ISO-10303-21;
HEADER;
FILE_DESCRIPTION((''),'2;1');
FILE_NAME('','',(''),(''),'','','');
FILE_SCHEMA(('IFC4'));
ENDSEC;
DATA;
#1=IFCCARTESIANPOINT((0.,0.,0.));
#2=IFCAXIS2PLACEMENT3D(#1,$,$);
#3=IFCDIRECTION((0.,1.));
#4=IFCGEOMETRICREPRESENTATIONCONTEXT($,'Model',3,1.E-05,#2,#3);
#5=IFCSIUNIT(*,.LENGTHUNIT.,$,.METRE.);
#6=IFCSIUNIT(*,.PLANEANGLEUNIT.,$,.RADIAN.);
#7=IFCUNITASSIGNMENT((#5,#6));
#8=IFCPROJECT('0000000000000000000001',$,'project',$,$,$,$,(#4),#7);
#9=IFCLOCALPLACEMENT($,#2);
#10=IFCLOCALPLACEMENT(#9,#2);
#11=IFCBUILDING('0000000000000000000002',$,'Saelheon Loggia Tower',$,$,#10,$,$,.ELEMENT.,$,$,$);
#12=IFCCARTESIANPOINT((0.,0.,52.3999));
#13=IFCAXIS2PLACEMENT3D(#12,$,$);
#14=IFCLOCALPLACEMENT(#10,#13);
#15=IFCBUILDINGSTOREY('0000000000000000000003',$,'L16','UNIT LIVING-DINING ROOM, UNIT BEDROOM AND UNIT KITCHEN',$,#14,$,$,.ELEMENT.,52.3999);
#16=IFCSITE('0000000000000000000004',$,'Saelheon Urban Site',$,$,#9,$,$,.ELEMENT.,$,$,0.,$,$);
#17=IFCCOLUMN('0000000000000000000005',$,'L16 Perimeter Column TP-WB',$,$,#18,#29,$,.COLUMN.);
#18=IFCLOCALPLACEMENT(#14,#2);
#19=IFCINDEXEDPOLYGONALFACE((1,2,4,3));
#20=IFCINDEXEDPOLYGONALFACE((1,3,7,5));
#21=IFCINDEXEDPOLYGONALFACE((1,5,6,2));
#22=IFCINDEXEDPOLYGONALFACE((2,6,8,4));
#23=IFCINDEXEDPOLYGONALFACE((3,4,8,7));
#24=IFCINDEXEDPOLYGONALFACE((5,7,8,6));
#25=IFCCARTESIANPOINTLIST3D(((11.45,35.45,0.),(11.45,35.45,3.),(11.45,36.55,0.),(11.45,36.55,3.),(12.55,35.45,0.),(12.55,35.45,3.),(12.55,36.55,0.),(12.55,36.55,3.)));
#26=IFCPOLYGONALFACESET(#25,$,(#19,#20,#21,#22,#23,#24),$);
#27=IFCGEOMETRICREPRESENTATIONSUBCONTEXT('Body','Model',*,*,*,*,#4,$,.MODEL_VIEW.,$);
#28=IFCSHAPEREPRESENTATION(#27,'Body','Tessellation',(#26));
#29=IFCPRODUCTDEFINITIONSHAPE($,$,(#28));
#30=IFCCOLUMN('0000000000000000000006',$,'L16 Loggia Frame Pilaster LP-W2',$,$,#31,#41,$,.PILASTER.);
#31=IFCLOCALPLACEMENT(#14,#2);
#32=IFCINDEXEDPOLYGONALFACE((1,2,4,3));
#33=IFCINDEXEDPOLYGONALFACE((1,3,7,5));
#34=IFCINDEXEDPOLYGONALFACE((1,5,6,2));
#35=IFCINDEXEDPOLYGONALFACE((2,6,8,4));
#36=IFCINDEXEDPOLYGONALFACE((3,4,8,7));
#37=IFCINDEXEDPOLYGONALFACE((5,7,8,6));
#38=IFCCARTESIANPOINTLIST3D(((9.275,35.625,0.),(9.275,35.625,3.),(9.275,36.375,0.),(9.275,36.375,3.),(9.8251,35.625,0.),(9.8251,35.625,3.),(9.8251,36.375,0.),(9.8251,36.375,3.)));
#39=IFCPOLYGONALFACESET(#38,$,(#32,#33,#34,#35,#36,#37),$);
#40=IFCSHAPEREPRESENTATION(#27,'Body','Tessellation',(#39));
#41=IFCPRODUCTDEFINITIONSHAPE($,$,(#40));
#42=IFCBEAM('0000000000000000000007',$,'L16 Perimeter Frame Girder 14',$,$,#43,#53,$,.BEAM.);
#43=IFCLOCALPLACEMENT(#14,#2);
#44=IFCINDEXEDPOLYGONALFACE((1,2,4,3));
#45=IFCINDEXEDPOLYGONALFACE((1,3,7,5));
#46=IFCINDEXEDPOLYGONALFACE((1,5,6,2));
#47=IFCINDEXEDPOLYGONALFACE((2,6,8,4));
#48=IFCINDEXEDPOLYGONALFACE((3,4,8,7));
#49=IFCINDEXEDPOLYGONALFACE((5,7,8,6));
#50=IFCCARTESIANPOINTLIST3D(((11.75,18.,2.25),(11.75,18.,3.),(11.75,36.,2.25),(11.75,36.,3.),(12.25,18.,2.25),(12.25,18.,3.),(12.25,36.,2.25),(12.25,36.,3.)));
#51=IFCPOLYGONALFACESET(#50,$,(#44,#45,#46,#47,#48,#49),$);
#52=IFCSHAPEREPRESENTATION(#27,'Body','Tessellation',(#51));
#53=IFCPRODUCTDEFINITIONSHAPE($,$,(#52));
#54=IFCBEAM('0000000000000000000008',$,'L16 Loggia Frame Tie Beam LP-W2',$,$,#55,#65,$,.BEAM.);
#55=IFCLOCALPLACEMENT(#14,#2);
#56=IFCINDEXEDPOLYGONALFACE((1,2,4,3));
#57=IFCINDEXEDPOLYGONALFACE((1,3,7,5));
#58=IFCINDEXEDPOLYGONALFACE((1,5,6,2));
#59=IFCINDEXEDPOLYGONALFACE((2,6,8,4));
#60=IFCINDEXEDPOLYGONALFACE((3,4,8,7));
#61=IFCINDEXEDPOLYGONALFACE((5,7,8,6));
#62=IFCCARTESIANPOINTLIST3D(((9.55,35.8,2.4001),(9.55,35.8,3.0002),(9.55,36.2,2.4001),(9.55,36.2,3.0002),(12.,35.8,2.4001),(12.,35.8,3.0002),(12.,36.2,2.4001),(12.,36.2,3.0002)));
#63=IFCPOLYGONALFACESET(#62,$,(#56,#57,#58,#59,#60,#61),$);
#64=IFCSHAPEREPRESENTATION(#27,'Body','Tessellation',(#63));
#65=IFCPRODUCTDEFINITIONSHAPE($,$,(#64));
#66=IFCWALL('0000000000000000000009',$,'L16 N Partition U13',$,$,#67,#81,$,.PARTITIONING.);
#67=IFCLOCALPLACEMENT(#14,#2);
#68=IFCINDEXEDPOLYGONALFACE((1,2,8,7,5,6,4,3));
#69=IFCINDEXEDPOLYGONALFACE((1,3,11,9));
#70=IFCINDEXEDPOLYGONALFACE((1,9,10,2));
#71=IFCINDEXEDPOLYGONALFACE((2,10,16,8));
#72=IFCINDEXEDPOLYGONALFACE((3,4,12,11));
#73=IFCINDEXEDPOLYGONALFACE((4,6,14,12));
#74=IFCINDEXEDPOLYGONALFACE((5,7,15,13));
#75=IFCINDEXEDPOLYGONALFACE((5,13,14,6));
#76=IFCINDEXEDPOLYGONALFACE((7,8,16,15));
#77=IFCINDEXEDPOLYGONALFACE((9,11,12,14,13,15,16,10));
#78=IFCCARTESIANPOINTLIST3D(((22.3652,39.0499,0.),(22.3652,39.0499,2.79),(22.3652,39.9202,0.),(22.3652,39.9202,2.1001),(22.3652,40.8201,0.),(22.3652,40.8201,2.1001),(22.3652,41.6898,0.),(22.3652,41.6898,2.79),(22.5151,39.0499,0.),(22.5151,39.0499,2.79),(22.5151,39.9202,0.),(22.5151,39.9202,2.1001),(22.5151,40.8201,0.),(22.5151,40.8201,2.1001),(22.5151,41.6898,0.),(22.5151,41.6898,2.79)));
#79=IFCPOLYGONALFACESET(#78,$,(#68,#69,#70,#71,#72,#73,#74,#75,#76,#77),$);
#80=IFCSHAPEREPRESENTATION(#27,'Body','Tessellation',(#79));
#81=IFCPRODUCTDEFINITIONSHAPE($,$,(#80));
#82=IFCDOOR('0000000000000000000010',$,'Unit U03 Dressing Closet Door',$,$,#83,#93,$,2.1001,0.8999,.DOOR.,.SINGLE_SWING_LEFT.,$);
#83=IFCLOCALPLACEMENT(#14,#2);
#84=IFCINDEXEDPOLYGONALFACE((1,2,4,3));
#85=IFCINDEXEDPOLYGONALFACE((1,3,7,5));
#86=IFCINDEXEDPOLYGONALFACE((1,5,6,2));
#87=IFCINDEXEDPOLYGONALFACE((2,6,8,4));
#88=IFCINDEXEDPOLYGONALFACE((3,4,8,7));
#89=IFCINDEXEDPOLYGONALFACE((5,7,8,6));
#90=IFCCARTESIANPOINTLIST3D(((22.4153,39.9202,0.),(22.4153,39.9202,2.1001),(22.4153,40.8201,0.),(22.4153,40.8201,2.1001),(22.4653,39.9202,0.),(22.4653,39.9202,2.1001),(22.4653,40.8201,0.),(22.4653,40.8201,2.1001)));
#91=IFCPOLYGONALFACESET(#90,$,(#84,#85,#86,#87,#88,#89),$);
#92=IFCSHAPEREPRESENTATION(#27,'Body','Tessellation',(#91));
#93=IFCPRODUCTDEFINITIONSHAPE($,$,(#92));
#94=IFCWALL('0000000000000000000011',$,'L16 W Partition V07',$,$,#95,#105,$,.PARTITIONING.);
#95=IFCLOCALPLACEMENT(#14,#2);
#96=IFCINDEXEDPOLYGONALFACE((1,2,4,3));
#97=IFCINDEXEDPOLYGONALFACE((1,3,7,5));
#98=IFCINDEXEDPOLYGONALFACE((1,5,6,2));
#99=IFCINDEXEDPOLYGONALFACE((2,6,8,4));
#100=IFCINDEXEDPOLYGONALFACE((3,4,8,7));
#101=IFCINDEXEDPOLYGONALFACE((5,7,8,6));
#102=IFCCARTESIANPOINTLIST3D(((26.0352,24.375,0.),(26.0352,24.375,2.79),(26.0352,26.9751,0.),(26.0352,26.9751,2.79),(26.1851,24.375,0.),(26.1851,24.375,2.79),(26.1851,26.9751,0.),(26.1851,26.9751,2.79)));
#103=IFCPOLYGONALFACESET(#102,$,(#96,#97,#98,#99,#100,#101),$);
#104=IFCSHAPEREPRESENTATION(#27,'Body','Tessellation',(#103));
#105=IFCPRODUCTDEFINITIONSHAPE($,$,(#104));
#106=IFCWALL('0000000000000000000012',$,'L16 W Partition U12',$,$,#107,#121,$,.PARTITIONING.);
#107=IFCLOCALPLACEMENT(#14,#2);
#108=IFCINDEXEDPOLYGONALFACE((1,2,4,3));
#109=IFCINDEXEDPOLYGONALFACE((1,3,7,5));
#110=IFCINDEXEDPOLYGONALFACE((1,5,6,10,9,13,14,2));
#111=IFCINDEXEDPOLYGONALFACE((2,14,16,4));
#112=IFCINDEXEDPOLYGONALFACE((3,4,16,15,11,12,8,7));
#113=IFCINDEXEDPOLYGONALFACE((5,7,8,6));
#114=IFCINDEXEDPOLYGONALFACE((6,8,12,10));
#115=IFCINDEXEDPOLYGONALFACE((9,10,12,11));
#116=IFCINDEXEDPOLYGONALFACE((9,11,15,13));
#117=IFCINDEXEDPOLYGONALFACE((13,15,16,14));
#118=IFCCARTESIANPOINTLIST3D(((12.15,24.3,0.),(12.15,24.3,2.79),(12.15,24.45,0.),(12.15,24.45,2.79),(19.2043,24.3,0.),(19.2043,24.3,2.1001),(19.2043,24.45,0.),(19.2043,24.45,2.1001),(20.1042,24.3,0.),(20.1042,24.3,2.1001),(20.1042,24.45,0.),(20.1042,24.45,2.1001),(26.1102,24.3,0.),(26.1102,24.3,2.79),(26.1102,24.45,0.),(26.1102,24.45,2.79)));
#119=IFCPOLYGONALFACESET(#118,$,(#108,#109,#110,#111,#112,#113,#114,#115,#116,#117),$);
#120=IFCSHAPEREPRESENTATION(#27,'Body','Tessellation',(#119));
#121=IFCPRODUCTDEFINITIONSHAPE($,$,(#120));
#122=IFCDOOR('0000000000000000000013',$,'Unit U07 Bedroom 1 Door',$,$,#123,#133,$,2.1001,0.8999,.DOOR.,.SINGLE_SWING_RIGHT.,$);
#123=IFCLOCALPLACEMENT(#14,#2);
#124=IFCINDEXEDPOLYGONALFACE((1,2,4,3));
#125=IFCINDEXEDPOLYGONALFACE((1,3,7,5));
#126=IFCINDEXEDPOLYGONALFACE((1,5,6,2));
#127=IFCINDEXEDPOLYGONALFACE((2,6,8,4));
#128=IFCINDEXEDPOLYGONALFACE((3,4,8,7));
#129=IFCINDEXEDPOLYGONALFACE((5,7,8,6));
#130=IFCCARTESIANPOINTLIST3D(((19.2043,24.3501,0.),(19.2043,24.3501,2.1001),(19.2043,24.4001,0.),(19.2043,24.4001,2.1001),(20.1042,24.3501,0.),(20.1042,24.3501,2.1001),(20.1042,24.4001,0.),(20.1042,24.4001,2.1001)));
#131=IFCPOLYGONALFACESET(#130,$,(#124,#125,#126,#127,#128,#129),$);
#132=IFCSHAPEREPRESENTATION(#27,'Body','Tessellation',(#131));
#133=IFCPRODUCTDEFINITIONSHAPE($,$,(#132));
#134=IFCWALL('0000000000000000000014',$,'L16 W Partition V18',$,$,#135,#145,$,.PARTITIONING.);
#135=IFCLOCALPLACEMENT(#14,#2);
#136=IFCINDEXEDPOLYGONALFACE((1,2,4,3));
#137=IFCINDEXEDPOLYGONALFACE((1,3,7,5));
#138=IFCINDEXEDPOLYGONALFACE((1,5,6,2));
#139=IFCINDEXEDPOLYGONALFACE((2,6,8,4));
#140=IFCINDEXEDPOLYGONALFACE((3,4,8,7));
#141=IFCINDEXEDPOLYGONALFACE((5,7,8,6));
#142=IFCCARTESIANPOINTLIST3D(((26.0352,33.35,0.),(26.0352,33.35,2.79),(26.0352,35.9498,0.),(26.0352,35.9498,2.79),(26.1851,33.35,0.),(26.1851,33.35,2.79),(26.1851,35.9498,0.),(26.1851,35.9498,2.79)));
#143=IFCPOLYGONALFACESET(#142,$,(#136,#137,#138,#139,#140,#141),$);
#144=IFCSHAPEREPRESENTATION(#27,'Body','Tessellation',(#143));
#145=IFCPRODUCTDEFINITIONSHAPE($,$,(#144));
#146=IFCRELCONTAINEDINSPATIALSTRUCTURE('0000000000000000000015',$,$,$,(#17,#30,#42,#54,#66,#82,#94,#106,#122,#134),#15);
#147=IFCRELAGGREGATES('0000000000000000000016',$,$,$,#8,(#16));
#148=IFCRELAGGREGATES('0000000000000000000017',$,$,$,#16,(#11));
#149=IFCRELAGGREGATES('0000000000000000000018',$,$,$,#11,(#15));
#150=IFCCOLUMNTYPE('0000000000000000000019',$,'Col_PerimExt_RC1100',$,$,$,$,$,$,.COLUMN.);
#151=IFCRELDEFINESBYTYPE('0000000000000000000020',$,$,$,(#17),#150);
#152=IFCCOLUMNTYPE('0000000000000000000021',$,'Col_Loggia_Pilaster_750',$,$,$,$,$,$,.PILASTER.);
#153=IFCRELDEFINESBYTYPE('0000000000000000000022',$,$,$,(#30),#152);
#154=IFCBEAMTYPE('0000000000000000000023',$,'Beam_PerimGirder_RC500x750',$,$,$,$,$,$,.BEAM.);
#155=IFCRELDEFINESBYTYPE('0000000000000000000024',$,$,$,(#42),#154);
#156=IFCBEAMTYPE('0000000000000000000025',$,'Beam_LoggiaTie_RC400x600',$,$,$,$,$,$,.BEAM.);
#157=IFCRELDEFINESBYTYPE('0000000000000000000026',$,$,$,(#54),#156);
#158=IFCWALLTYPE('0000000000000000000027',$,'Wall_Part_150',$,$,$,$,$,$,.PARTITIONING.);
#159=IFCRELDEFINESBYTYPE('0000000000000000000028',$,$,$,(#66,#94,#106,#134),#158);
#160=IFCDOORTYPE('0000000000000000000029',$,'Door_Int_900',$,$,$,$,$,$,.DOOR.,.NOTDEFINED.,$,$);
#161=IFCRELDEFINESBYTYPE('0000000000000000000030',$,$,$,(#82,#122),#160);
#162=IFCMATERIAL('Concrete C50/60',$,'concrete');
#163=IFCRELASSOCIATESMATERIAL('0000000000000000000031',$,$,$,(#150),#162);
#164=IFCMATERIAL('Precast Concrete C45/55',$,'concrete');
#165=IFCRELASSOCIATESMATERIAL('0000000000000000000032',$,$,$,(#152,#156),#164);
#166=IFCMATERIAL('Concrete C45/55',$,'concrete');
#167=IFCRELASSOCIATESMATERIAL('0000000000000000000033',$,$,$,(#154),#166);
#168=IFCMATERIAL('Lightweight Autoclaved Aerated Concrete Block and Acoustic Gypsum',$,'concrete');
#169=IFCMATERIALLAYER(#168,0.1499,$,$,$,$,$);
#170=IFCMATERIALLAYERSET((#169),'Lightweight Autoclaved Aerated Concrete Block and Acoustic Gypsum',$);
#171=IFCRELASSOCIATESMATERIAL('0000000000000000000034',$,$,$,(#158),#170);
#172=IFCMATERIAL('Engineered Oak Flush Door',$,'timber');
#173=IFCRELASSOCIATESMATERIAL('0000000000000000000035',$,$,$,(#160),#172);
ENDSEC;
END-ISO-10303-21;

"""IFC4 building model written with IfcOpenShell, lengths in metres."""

from ifc_helpers import new_model, si_unit, direction, frame, frame_2d, origin, origin_2d, place, context, subcontext, project, spatial, rectangle, extrude, source, transform, mapped, material, layer, layer_set, material_profile, profile_set, type_object, element, fill, save


model = new_model("IFC4")

# Units and contexts
model_context = context("Model", 3, precision=1e-05, world=origin(), true_north=direction((0.0, 1.0)))
body_context = subcontext(model_context, "Body", "Model", "MODEL_VIEW")
ifc_project = project(units=[si_unit("LENGTHUNIT", "METRE"), si_unit("PLANEANGLEUNIT", "RADIAN")], contexts=[model_context])

# Site, building, storey
site_placement = place(None, origin())
site = spatial("IfcSite", under=ifc_project, at=site_placement, Name="Saelheon Urban Site", CompositionType="ELEMENT", RefElevation=0.0)
building_placement = place(site_placement, origin())
building = spatial("IfcBuilding", under=site, at=building_placement, Name="Saelheon Loggia Tower", CompositionType="ELEMENT")
storey_placement = place(building_placement, frame((0.0, 0.0, 52.3999)))
storey = spatial("IfcBuildingStorey", under=building, at=storey_placement, Name="L16", Description="UNIT LIVING-DINING ROOM, UNIT BEDROOM AND UNIT KITCHEN", CompositionType="ELEMENT", Elevation=52.3999)

# Columns
ifc_material_1 = material(Name="Concrete C50/60", Category="concrete")
ifc_material_profile_1 = material_profile(ifc_material_1, rectangle(XDim=1.1001, YDim=1.1001, at=origin_2d()), Name="RC-1100x1100")
ifc_profile_set_1 = profile_set([ifc_material_profile_1], Name="Concrete C50/60")
column_type_1 = type_object("IfcColumnType", Name="Col_PerimExt_RC1100", PredefinedType="COLUMN", material=ifc_profile_set_1)
shared_shape_1 = source(origin(), body_context, "Body", "SweptSolid", [
    extrude(rectangle(XDim=1.1001, YDim=1.1001, at=origin_2d()), origin(), (0.0, 0.0, 1.0), 3.0),
])
column_1_placement = place(storey_placement, frame((12.0, 36.0, 0.0), z_axis=(0.0, 0.0, 1.0), x_axis=(1.0, 0.0, 0.0)))
element("IfcColumn", 1, at=column_1_placement, inside=storey, type_object=column_type_1, Name="L16 Perimeter Column TP-WB", PredefinedType="COLUMN", context=body_context, shape_type="MappedRepresentation", body=[
    mapped(shared_shape_1, transform((0.0, 0.0, 0.0), scale=1.0)),
])
ifc_material_2 = material(Name="Precast Concrete C45/55", Category="concrete")
ifc_material_profile_2 = material_profile(ifc_material_2, rectangle(XDim=0.55, YDim=0.75, at=origin_2d()), Name="RC-550x750")
ifc_profile_set_2 = profile_set([ifc_material_profile_2], Name="Precast Concrete C45/55")
column_type_2 = type_object("IfcColumnType", Name="Col_Loggia_Pilaster_750", PredefinedType="PILASTER", material=ifc_profile_set_2)
shared_shape_2 = source(origin(), body_context, "Body", "SweptSolid", [
    extrude(rectangle(XDim=0.55, YDim=0.75, at=origin_2d()), origin(), (0.0, 0.0, 1.0), 3.0),
])
column_2_placement = place(storey_placement, frame((9.55, 36.0, 0.0), z_axis=(0.0, 0.0, 1.0), x_axis=(1.0, 0.0, 0.0)))
element("IfcColumn", 2, at=column_2_placement, inside=storey, type_object=column_type_2, Name="L16 Loggia Frame Pilaster LP-W2", PredefinedType="PILASTER", context=body_context, shape_type="MappedRepresentation", body=[
    mapped(shared_shape_2, transform((0.0, 0.0, 0.0), scale=1.0)),
])

# Beams
ifc_material_3 = material(Name="Concrete C45/55", Category="concrete")
ifc_material_profile_3 = material_profile(ifc_material_3, rectangle(XDim=0.5, YDim=0.75, at=origin_2d()), Name="RC-500x750")
ifc_profile_set_3 = profile_set([ifc_material_profile_3], Name="Concrete C45/55")
beam_type_1 = type_object("IfcBeamType", Name="Beam_PerimGirder_RC500x750", PredefinedType="BEAM", material=ifc_profile_set_3)
shared_shape_3 = source(origin(), body_context, "Body", "SweptSolid", [
    extrude(rectangle(XDim=0.5, YDim=0.75, at=origin_2d()), origin(), (0.0, 0.0, 1.0), 18.0),
])
beam_1_placement = place(storey_placement, frame((12.0, 36.0, 2.625), z_axis=(0.0, -1.0, 0.0), x_axis=(1.0, 0.0, 0.0)))
element("IfcBeam", 3, at=beam_1_placement, inside=storey, type_object=beam_type_1, Name="L16 Perimeter Frame Girder 14", PredefinedType="BEAM", context=body_context, shape_type="MappedRepresentation", body=[
    mapped(shared_shape_3, transform((0.0, 0.0, 0.0), scale=1.0)),
])
ifc_material_profile_4 = material_profile(ifc_material_2, rectangle(XDim=0.3999, YDim=0.6001, at=origin_2d()), Name="RC-400x600")
ifc_profile_set_4 = profile_set([ifc_material_profile_4], Name="Precast Concrete C45/55")
beam_type_2 = type_object("IfcBeamType", Name="Beam_LoggiaTie_RC400x600", PredefinedType="BEAM", material=ifc_profile_set_4)
shared_shape_4 = source(origin(), body_context, "Body", "SweptSolid", [
    extrude(rectangle(XDim=0.3999, YDim=0.6001, at=origin_2d()), origin(), (0.0, 0.0, 1.0), 2.45),
])
beam_2_placement = place(storey_placement, frame((12.0, 36.0, 2.7002), z_axis=(-1.0, 0.0, 0.0), x_axis=(0.0, -1.0, 0.0)))
element("IfcBeam", 4, at=beam_2_placement, inside=storey, type_object=beam_type_2, Name="L16 Loggia Frame Tie Beam LP-W2", PredefinedType="BEAM", context=body_context, shape_type="MappedRepresentation", body=[
    mapped(shared_shape_4, transform((0.0, 0.0, 0.0), scale=1.0)),
])

# Wall, opening, door
ifc_material_4 = material(Name="Lightweight Autoclaved Aerated Concrete Block and Acoustic Gypsum", Category="concrete")
ifc_layer_1 = layer(ifc_material_4, 0.1499)
ifc_layer_set_1 = layer_set([ifc_layer_1], Name="Lightweight Autoclaved Aerated Concrete Block and Acoustic Gypsum")
wall_type_1 = type_object("IfcWallType", Name="Wall_Part_150", PredefinedType="PARTITIONING", material=ifc_layer_set_1)
wall_1_placement = place(storey_placement, frame((22.4402, 39.05, 0.0), z_axis=(0.0, 0.0, 1.0), x_axis=(0.0, 1.0, 0.0)))
wall_1 = element("IfcWall", 5, at=wall_1_placement, inside=storey, type_object=wall_type_1, Name="L16 N Partition U13", PredefinedType="PARTITIONING", context=body_context, shape_type="SweptSolid", body=[
    extrude(rectangle(XDim=2.6399, YDim=0.1499, at=frame_2d((1.3198, 0.0))), origin(), (0.0, 0.0, 1.0), 2.79),
])
opening_1_placement = place(wall_1_placement, frame((0.8701, 0.0, 0.0)))
opening_1 = element("IfcOpeningElement", 6, at=opening_1_placement, cuts=wall_1, PredefinedType="OPENING", context=body_context, shape_type="SweptSolid", body=[
    extrude(rectangle(XDim=0.8999, YDim=2.1001, at=frame_2d((0.45, 1.05))), frame((0.0, 0.0869, 0.0), z_axis=(0.0, -1.0, 0.0), x_axis=(1.0, 0.0, 0.0)), (0.0, 0.0, 1.0), 0.1738),
])
ifc_material_5 = material(Name="Engineered Oak Flush Door", Category="timber")
door_type_1 = type_object("IfcDoorType", Name="Door_Int_900", OperationType="NOTDEFINED", PredefinedType="DOOR", material=ifc_material_5)
shared_shape_5 = source(origin(), body_context, "Body", "SweptSolid", [
    extrude(rectangle(XDim=0.8999, YDim=2.1001, at=frame_2d((0.45, 1.05))), frame((0.0, 0.0249, 0.0), z_axis=(0.0, -1.0, 0.0), x_axis=(1.0, 0.0, 0.0)), (0.0, 0.0, 1.0), 0.05),
])
door_1_placement = place(opening_1_placement, origin())
door_1 = element("IfcDoor", 7, at=door_1_placement, inside=storey, type_object=door_type_1, Name="Unit U03 Dressing Closet Door", OperationType="SINGLE_SWING_LEFT", OverallHeight=2.1001, OverallWidth=0.8999, PredefinedType="DOOR", context=body_context, shape_type="MappedRepresentation", body=[
    mapped(shared_shape_5, transform((0.0, 0.0, 0.0), scale=1.0)),
])
fill(opening_1, door_1)

# Wall
wall_2_placement = place(storey_placement, frame((26.1101, 24.375, 0.0), z_axis=(0.0, 0.0, 1.0), x_axis=(0.0, 1.0, 0.0)))
element("IfcWall", 8, at=wall_2_placement, inside=storey, type_object=wall_type_1, Name="L16 W Partition V07", PredefinedType="PARTITIONING", context=body_context, shape_type="SweptSolid", body=[
    extrude(rectangle(XDim=2.6001, YDim=0.1499, at=frame_2d((1.3, 0.0))), origin(), (0.0, 0.0, 1.0), 2.79),
])

# Wall, opening, door
wall_3_placement = place(storey_placement, frame((26.1101, 24.375, 0.0), z_axis=(0.0, 0.0, 1.0), x_axis=(-1.0, 0.0, 0.0)))
wall_3 = element("IfcWall", 9, at=wall_3_placement, inside=storey, type_object=wall_type_1, Name="L16 W Partition U12", PredefinedType="PARTITIONING", context=body_context, shape_type="SweptSolid", body=[
    extrude(rectangle(XDim=13.9602, YDim=0.1499, at=frame_2d((6.98, 0.0))), origin(), (0.0, 0.0, 1.0), 2.79),
])
opening_2_placement = place(wall_3_placement, frame((6.0059, 0.0, 0.0)))
opening_2 = element("IfcOpeningElement", 10, at=opening_2_placement, cuts=wall_3, PredefinedType="OPENING", context=body_context, shape_type="SweptSolid", body=[
    extrude(rectangle(XDim=0.8999, YDim=2.1001, at=frame_2d((0.45, 1.05))), frame((0.0, 0.0869, 0.0), z_axis=(0.0, -1.0, 0.0), x_axis=(1.0, 0.0, 0.0)), (0.0, 0.0, 1.0), 0.1738),
])
door_2_placement = place(opening_2_placement, origin())
door_2 = element("IfcDoor", 11, at=door_2_placement, inside=storey, type_object=door_type_1, Name="Unit U07 Bedroom 1 Door", OperationType="SINGLE_SWING_RIGHT", OverallHeight=2.1001, OverallWidth=0.8999, PredefinedType="DOOR", context=body_context, shape_type="MappedRepresentation", body=[
    mapped(shared_shape_5, transform((0.0, 0.0, 0.0), scale=1.0)),
])
fill(opening_2, door_2)

# Wall
wall_4_placement = place(storey_placement, frame((26.1101, 33.3501, 0.0), z_axis=(0.0, 0.0, 1.0), x_axis=(0.0, 1.0, 0.0)))
element("IfcWall", 12, at=wall_4_placement, inside=storey, type_object=wall_type_1, Name="L16 W Partition V18", PredefinedType="PARTITIONING", context=body_context, shape_type="SweptSolid", body=[
    extrude(rectangle(XDim=2.5999, YDim=0.1499, at=frame_2d((1.2998, 0.0))), origin(), (0.0, 0.0, 1.0), 2.79),
])

save(model, "model.ifc")
